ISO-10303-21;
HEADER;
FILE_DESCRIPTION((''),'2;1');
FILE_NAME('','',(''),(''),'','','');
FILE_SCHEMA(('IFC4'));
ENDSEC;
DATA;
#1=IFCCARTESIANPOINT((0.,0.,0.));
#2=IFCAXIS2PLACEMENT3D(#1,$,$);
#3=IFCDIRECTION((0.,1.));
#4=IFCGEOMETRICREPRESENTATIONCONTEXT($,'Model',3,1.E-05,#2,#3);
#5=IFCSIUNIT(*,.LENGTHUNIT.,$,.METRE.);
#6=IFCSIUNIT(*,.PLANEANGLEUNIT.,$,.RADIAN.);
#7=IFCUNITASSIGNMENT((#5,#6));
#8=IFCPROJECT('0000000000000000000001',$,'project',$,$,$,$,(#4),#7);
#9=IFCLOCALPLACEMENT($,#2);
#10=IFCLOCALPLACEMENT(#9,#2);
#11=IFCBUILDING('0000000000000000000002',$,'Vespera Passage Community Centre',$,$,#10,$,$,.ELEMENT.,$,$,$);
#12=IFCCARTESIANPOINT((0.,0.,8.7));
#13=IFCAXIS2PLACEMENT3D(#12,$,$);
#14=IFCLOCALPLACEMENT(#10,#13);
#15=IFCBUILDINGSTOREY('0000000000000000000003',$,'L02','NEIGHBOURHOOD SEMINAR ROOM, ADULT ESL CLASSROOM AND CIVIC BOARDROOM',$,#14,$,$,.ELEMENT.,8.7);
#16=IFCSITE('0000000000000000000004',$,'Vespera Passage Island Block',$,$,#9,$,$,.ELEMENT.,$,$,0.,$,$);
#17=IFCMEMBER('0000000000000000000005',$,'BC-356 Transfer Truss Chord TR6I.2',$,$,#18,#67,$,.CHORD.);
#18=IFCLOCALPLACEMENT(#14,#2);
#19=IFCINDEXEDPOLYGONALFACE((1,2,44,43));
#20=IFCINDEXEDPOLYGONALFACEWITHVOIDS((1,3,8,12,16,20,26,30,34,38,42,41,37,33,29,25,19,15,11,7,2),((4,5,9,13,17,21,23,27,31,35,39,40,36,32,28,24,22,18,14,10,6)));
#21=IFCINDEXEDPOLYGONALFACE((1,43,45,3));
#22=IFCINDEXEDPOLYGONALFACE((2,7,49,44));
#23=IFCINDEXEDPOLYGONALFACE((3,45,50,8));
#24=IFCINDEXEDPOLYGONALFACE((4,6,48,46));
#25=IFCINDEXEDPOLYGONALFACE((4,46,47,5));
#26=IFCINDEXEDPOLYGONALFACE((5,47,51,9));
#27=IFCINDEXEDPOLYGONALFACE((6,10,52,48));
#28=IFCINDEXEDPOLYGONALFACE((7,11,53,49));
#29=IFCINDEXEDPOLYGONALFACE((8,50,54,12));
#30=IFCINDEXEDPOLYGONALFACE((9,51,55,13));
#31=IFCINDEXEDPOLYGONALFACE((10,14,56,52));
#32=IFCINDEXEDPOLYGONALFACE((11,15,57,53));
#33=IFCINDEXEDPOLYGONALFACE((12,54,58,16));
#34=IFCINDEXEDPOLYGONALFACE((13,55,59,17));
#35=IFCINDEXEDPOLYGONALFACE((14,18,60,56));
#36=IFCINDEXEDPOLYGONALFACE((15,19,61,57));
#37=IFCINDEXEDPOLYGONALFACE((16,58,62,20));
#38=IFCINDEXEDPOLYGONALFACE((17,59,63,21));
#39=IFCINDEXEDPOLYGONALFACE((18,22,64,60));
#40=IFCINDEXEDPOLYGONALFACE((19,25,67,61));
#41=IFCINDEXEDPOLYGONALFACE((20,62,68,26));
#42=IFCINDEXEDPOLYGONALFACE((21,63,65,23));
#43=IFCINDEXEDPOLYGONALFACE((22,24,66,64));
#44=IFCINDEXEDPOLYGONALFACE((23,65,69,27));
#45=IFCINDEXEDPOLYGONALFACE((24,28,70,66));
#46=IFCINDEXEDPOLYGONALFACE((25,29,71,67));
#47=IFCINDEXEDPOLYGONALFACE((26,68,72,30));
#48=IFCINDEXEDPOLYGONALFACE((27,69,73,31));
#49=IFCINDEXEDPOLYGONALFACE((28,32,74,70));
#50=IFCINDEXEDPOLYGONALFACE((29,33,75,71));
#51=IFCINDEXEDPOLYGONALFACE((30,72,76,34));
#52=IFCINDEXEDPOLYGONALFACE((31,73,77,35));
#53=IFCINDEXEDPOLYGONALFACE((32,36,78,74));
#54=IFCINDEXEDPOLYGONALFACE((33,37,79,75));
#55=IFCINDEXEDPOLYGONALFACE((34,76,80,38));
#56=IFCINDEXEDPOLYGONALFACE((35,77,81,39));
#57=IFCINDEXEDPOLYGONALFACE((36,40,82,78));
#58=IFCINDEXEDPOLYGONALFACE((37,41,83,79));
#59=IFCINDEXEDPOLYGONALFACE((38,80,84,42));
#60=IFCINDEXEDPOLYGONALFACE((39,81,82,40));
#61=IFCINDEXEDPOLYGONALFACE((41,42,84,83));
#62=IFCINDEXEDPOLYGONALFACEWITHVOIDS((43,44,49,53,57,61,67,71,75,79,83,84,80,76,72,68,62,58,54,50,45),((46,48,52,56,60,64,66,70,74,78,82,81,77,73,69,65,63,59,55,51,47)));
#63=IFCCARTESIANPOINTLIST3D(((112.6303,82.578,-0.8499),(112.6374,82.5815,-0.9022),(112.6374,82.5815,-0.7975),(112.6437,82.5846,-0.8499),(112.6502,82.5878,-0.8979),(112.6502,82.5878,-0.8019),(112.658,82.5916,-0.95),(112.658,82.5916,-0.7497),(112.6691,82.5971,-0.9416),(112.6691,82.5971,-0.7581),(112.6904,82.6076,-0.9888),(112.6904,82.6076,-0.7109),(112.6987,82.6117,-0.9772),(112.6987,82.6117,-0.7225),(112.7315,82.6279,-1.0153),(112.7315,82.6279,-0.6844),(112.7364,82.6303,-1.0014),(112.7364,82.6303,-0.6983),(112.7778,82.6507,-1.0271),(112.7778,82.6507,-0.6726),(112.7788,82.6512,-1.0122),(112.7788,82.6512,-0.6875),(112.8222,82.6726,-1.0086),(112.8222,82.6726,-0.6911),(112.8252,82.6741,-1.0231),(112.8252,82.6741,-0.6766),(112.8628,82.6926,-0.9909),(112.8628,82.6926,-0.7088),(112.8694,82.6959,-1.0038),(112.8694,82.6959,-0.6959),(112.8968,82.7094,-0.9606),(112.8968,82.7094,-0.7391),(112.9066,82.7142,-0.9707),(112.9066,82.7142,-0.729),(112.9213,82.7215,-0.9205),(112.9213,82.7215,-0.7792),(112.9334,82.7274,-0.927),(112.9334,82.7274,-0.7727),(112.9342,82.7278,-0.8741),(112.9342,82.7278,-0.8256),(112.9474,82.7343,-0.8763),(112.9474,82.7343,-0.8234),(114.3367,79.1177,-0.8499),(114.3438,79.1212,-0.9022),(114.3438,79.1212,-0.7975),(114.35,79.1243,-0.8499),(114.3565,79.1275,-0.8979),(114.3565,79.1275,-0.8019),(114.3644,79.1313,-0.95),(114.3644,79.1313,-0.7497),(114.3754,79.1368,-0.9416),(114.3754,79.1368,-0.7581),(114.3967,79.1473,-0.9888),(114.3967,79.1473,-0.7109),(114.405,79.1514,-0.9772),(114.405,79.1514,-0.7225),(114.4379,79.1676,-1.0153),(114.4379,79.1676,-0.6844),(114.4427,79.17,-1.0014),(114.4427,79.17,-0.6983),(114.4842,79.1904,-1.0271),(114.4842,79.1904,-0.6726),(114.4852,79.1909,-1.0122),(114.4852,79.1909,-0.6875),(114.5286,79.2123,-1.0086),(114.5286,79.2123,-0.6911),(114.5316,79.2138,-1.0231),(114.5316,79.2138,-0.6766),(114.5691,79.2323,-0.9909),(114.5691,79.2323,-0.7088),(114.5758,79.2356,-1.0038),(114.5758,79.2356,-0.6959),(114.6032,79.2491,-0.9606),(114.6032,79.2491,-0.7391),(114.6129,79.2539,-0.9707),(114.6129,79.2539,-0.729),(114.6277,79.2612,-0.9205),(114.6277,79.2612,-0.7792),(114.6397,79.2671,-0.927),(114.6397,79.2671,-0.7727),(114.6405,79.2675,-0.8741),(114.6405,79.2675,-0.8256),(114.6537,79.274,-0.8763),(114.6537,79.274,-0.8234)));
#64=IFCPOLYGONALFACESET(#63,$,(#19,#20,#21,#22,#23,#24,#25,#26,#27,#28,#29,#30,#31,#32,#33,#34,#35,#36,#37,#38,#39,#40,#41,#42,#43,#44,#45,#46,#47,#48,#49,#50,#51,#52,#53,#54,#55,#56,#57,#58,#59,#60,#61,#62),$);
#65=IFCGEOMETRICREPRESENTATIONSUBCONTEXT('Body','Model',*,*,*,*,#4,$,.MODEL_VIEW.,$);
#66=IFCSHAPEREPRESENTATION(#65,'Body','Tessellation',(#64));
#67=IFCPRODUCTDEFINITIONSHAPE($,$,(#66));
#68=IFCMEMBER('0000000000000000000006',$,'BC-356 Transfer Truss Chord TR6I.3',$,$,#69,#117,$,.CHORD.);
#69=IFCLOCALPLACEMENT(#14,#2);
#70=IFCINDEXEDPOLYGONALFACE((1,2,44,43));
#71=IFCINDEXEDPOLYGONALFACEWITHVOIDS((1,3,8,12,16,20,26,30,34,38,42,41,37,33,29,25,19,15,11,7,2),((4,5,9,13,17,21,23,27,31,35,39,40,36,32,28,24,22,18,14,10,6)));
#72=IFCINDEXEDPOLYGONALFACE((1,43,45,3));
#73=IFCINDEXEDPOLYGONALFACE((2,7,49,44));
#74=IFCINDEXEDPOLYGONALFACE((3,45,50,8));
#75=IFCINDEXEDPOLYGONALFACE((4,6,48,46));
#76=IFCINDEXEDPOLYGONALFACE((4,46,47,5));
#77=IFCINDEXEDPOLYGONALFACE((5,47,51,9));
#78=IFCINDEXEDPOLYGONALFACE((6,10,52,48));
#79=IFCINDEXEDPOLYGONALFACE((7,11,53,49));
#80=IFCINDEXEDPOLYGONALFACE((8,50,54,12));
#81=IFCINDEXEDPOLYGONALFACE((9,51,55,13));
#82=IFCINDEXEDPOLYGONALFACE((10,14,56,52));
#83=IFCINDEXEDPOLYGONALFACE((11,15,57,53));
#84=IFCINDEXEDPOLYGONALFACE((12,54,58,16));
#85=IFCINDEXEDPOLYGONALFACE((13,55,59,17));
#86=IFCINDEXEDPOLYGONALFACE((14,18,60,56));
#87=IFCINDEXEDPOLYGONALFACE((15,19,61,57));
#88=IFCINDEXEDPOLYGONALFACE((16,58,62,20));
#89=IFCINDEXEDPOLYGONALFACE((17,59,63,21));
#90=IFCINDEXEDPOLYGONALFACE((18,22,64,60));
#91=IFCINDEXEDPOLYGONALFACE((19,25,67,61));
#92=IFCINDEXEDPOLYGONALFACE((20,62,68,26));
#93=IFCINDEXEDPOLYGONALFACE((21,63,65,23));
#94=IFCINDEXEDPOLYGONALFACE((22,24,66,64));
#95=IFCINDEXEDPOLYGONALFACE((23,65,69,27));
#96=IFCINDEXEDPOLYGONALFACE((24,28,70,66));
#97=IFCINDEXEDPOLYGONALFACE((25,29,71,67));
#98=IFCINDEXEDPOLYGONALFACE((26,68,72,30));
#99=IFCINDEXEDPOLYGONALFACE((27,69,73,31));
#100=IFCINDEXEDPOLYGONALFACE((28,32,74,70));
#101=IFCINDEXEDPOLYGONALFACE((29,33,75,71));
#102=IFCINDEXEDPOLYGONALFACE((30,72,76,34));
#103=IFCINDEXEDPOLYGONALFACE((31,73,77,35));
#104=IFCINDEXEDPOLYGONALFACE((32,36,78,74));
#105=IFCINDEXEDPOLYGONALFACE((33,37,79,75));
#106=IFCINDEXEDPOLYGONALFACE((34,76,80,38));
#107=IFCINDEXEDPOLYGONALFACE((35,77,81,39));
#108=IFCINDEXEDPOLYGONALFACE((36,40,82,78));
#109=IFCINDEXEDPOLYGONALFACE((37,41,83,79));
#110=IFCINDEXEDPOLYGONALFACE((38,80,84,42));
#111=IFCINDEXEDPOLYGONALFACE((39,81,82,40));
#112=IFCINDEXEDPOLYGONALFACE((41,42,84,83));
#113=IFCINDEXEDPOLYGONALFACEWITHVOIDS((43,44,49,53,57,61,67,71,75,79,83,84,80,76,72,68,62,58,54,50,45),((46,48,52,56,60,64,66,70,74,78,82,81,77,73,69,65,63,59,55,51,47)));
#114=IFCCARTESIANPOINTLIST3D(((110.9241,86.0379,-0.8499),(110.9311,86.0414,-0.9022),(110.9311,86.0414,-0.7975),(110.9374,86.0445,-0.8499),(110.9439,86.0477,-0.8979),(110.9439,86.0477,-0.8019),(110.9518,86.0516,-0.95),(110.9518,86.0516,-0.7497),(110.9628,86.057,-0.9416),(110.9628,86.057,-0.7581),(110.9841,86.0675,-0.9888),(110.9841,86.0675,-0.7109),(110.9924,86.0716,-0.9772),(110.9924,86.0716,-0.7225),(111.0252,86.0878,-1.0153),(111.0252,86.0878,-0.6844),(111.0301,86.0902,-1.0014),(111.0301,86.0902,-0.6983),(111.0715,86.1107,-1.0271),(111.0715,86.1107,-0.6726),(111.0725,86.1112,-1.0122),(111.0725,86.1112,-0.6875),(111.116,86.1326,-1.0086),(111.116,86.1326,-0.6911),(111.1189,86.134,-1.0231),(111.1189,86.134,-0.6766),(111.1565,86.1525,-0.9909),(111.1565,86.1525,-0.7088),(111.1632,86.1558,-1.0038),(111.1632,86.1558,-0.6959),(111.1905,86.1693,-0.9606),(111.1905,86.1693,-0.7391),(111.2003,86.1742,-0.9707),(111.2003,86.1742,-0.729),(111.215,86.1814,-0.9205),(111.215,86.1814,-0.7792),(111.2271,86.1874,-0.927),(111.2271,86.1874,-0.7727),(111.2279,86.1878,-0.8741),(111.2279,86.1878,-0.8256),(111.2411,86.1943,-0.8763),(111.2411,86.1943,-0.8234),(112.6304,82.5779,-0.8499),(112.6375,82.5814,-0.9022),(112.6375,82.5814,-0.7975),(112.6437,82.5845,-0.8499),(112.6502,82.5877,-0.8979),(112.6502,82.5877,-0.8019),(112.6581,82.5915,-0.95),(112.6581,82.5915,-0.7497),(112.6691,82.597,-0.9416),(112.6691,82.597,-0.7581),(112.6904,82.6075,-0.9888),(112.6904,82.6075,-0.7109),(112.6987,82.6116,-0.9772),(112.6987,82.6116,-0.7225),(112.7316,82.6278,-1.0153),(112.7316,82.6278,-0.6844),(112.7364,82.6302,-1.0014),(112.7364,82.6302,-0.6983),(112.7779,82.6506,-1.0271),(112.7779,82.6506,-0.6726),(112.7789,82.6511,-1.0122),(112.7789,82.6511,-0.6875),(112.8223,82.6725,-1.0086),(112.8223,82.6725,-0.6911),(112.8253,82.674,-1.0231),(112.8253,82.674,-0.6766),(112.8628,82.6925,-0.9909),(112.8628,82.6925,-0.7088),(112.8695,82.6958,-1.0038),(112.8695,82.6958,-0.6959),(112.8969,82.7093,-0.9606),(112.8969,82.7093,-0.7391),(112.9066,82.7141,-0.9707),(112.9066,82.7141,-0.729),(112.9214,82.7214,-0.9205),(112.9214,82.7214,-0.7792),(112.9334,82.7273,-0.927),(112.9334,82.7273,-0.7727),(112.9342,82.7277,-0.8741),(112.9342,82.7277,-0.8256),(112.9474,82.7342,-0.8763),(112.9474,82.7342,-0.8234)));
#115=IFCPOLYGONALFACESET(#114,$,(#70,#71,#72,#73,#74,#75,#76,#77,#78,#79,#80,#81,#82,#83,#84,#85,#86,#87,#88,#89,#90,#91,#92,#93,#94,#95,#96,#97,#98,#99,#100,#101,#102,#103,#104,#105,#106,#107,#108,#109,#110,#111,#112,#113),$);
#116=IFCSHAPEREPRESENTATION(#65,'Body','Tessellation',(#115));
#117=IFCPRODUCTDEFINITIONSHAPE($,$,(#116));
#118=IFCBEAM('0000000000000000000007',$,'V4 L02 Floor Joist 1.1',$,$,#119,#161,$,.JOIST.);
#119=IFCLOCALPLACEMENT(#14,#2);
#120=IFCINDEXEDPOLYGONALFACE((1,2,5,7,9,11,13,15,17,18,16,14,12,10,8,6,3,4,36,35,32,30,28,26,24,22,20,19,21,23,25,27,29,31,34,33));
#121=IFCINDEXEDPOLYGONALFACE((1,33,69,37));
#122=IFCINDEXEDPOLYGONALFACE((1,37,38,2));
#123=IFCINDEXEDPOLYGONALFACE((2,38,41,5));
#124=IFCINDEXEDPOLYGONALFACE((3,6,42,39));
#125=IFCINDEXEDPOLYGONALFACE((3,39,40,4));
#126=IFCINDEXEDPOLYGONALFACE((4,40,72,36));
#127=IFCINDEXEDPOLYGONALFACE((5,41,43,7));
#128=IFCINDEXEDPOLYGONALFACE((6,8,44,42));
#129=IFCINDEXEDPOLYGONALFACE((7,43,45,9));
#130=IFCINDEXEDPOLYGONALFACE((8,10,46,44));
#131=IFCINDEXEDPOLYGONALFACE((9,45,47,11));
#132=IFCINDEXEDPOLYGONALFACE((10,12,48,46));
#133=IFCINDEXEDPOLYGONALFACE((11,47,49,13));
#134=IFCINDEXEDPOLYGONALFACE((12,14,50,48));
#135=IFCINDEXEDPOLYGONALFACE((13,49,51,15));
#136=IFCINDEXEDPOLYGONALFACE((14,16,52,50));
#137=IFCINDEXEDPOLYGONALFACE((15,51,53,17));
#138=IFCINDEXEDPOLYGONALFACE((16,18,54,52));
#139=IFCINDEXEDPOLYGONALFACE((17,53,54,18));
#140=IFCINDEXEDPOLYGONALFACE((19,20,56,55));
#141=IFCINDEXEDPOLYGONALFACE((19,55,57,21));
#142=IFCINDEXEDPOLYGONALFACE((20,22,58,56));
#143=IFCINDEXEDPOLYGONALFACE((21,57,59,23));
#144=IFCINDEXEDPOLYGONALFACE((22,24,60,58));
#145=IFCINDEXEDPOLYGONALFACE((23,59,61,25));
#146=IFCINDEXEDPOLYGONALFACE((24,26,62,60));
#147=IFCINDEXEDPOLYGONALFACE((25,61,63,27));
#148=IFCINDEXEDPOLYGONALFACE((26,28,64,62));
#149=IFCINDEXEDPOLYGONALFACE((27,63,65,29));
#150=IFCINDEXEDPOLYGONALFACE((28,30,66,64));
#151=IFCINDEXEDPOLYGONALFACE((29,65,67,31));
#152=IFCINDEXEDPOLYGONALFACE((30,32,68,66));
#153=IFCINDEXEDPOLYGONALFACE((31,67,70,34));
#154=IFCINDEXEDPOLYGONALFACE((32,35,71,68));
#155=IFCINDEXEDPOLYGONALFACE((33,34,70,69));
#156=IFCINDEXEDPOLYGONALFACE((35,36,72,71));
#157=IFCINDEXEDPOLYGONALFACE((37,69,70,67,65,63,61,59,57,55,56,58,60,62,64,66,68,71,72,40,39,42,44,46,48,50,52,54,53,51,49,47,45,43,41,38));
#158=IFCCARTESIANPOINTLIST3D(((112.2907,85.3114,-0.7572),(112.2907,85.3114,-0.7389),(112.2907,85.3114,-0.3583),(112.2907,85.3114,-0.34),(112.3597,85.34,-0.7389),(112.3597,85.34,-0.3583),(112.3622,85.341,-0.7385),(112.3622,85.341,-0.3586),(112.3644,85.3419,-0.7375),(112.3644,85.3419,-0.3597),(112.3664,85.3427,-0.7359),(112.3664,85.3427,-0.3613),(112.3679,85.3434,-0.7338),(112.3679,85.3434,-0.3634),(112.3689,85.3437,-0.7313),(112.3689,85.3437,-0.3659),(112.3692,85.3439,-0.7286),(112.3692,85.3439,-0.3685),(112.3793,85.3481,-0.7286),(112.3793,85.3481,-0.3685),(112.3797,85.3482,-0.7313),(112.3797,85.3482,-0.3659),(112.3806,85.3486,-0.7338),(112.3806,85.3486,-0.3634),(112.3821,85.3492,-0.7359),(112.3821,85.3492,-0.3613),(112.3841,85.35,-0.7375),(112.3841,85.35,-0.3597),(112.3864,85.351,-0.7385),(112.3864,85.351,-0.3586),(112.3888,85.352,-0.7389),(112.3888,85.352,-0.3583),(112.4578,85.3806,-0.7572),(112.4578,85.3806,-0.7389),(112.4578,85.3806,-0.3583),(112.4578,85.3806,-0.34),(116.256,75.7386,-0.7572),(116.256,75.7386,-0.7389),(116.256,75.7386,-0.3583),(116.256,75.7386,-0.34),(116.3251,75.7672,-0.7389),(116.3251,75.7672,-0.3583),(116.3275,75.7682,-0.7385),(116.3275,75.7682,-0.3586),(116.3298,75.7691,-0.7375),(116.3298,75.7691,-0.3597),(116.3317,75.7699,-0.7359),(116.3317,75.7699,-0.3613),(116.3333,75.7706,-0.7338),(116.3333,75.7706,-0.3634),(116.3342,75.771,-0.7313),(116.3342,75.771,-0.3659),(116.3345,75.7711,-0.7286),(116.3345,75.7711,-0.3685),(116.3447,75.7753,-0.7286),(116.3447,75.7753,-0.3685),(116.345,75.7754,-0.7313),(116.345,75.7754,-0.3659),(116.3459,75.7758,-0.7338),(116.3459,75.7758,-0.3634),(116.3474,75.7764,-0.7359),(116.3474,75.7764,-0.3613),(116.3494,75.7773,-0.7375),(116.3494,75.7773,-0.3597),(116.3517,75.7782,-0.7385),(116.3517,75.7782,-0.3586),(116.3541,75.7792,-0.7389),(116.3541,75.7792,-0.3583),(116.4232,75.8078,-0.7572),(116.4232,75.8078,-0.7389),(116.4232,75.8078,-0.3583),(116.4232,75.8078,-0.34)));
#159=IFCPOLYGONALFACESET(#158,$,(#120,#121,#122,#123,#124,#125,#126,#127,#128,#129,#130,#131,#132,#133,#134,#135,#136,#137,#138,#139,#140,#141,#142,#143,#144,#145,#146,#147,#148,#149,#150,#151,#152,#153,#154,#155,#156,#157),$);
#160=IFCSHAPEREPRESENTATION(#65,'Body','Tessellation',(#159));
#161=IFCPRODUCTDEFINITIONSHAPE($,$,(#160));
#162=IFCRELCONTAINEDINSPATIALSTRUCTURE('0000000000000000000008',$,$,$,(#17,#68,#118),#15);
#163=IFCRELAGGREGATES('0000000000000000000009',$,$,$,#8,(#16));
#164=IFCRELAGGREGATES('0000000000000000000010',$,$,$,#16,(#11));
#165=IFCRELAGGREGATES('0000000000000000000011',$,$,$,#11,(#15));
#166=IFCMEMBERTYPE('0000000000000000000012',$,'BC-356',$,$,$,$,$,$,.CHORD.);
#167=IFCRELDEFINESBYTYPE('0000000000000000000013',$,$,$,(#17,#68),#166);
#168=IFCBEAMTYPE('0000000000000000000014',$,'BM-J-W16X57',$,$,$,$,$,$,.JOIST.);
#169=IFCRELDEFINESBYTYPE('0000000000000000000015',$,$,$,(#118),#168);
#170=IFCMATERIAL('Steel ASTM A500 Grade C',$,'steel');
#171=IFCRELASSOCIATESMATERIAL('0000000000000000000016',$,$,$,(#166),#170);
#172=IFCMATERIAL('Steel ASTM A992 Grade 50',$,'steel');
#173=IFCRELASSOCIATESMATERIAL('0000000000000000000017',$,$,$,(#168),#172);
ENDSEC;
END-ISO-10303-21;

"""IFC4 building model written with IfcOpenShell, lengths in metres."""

from ifc_helpers import new_model, si_unit, direction, frame, origin, origin_2d, place, context, subcontext, project, spatial, hollow_circle, i_section, extrude, material, material_profile, profile_set, type_object, element, save


model = new_model("IFC4")

# Units and contexts
model_context = context("Model", 3, precision=1e-05, world=origin(), true_north=direction((0.0, 1.0)))
body_context = subcontext(model_context, "Body", "Model", "MODEL_VIEW")
ifc_project = project(units=[si_unit("LENGTHUNIT", "METRE"), si_unit("PLANEANGLEUNIT", "RADIAN")], contexts=[model_context])

# Site, building, storey
site_placement = place(None, origin())
site = spatial("IfcSite", under=ifc_project, at=site_placement, Name="Vespera Passage Island Block", CompositionType="ELEMENT", RefElevation=0.0)
building_placement = place(site_placement, origin())
building = spatial("IfcBuilding", under=site, at=building_placement, Name="Vespera Passage Community Centre", CompositionType="ELEMENT")
storey_placement = place(building_placement, frame((0.0, 0.0, 8.7)))
storey = spatial("IfcBuildingStorey", under=building, at=storey_placement, Name="L02", Description="NEIGHBOURHOOD SEMINAR ROOM, ADULT ESL CLASSROOM AND CIVIC BOARDROOM", CompositionType="ELEMENT", Elevation=8.7)

# Members
ifc_material_1 = material(Name="Steel ASTM A500 Grade C", Category="steel")
ifc_material_profile_1 = material_profile(ifc_material_1, hollow_circle(Radius=0.1777, WallThickness=0.0149, at=origin_2d()), Name="CHS356X15.9")
ifc_profile_set_1 = profile_set([ifc_material_profile_1], Name="Steel ASTM A500 Grade C")
member_type_1 = type_object("IfcMemberType", Name="BC-356", PredefinedType="CHORD", material=ifc_profile_set_1)
member_1_placement = place(storey_placement, frame((114.4961, 79.1963, -0.8499), z_axis=(-0.442271, 0.896882, 0.0), x_axis=(-0.896882, -0.442271, 0.0)))
element("IfcMember", 1, at=member_1_placement, inside=storey, type_object=member_type_1, Name="BC-356 Transfer Truss Chord TR6I.2", PredefinedType="CHORD", context=body_context, shape_type="SweptSolid", body=[
    extrude(hollow_circle(Radius=0.1777, WallThickness=0.0149, at=origin_2d()), origin(), (0.0, 0.0, 1.0), 3.8582),
])
member_2_placement = place(storey_placement, frame((112.7898, 82.6565, -0.8499), z_axis=(-0.442296, 0.896869, 0.0), x_axis=(-0.896869, -0.442296, 0.0)))
element("IfcMember", 2, at=member_2_placement, inside=storey, type_object=member_type_1, Name="BC-356 Transfer Truss Chord TR6I.3", PredefinedType="CHORD", context=body_context, shape_type="SweptSolid", body=[
    extrude(hollow_circle(Radius=0.1777, WallThickness=0.0149, at=origin_2d()), origin(), (0.0, 0.0, 1.0), 3.8579),
])

# Beam
ifc_material_2 = material(Name="Steel ASTM A992 Grade 50", Category="steel")
ifc_material_profile_2 = material_profile(ifc_material_2, i_section(OverallWidth=0.1809, OverallDepth=0.4172, WebThickness=0.011, FlangeThickness=0.0183, FilletRadius=0.0103, at=origin_2d()), Name="W16X57")
ifc_profile_set_2 = profile_set([ifc_material_profile_2], Name="Steel ASTM A992 Grade 50")
beam_type_1 = type_object("IfcBeamType", Name="BM-J-W16X57", PredefinedType="JOIST", material=ifc_profile_set_2)
beam_1_placement = place(storey_placement, frame((116.3396, 75.7732, -0.5486), z_axis=(-0.382697, 0.923874, 0.0), x_axis=(-0.923874, -0.382697, 0.0)))
element("IfcBeam", 3, at=beam_1_placement, inside=storey, type_object=beam_type_1, Name="V4 L02 Floor Joist 1.1", PredefinedType="JOIST", context=body_context, shape_type="SweptSolid", body=[
    extrude(i_section(OverallWidth=0.1809, OverallDepth=0.4172, WebThickness=0.011, FlangeThickness=0.0183, FilletRadius=0.0103, at=origin_2d()), origin(), (0.0, 0.0, 1.0), 10.3616),
])

save(model, "model.ifc")
